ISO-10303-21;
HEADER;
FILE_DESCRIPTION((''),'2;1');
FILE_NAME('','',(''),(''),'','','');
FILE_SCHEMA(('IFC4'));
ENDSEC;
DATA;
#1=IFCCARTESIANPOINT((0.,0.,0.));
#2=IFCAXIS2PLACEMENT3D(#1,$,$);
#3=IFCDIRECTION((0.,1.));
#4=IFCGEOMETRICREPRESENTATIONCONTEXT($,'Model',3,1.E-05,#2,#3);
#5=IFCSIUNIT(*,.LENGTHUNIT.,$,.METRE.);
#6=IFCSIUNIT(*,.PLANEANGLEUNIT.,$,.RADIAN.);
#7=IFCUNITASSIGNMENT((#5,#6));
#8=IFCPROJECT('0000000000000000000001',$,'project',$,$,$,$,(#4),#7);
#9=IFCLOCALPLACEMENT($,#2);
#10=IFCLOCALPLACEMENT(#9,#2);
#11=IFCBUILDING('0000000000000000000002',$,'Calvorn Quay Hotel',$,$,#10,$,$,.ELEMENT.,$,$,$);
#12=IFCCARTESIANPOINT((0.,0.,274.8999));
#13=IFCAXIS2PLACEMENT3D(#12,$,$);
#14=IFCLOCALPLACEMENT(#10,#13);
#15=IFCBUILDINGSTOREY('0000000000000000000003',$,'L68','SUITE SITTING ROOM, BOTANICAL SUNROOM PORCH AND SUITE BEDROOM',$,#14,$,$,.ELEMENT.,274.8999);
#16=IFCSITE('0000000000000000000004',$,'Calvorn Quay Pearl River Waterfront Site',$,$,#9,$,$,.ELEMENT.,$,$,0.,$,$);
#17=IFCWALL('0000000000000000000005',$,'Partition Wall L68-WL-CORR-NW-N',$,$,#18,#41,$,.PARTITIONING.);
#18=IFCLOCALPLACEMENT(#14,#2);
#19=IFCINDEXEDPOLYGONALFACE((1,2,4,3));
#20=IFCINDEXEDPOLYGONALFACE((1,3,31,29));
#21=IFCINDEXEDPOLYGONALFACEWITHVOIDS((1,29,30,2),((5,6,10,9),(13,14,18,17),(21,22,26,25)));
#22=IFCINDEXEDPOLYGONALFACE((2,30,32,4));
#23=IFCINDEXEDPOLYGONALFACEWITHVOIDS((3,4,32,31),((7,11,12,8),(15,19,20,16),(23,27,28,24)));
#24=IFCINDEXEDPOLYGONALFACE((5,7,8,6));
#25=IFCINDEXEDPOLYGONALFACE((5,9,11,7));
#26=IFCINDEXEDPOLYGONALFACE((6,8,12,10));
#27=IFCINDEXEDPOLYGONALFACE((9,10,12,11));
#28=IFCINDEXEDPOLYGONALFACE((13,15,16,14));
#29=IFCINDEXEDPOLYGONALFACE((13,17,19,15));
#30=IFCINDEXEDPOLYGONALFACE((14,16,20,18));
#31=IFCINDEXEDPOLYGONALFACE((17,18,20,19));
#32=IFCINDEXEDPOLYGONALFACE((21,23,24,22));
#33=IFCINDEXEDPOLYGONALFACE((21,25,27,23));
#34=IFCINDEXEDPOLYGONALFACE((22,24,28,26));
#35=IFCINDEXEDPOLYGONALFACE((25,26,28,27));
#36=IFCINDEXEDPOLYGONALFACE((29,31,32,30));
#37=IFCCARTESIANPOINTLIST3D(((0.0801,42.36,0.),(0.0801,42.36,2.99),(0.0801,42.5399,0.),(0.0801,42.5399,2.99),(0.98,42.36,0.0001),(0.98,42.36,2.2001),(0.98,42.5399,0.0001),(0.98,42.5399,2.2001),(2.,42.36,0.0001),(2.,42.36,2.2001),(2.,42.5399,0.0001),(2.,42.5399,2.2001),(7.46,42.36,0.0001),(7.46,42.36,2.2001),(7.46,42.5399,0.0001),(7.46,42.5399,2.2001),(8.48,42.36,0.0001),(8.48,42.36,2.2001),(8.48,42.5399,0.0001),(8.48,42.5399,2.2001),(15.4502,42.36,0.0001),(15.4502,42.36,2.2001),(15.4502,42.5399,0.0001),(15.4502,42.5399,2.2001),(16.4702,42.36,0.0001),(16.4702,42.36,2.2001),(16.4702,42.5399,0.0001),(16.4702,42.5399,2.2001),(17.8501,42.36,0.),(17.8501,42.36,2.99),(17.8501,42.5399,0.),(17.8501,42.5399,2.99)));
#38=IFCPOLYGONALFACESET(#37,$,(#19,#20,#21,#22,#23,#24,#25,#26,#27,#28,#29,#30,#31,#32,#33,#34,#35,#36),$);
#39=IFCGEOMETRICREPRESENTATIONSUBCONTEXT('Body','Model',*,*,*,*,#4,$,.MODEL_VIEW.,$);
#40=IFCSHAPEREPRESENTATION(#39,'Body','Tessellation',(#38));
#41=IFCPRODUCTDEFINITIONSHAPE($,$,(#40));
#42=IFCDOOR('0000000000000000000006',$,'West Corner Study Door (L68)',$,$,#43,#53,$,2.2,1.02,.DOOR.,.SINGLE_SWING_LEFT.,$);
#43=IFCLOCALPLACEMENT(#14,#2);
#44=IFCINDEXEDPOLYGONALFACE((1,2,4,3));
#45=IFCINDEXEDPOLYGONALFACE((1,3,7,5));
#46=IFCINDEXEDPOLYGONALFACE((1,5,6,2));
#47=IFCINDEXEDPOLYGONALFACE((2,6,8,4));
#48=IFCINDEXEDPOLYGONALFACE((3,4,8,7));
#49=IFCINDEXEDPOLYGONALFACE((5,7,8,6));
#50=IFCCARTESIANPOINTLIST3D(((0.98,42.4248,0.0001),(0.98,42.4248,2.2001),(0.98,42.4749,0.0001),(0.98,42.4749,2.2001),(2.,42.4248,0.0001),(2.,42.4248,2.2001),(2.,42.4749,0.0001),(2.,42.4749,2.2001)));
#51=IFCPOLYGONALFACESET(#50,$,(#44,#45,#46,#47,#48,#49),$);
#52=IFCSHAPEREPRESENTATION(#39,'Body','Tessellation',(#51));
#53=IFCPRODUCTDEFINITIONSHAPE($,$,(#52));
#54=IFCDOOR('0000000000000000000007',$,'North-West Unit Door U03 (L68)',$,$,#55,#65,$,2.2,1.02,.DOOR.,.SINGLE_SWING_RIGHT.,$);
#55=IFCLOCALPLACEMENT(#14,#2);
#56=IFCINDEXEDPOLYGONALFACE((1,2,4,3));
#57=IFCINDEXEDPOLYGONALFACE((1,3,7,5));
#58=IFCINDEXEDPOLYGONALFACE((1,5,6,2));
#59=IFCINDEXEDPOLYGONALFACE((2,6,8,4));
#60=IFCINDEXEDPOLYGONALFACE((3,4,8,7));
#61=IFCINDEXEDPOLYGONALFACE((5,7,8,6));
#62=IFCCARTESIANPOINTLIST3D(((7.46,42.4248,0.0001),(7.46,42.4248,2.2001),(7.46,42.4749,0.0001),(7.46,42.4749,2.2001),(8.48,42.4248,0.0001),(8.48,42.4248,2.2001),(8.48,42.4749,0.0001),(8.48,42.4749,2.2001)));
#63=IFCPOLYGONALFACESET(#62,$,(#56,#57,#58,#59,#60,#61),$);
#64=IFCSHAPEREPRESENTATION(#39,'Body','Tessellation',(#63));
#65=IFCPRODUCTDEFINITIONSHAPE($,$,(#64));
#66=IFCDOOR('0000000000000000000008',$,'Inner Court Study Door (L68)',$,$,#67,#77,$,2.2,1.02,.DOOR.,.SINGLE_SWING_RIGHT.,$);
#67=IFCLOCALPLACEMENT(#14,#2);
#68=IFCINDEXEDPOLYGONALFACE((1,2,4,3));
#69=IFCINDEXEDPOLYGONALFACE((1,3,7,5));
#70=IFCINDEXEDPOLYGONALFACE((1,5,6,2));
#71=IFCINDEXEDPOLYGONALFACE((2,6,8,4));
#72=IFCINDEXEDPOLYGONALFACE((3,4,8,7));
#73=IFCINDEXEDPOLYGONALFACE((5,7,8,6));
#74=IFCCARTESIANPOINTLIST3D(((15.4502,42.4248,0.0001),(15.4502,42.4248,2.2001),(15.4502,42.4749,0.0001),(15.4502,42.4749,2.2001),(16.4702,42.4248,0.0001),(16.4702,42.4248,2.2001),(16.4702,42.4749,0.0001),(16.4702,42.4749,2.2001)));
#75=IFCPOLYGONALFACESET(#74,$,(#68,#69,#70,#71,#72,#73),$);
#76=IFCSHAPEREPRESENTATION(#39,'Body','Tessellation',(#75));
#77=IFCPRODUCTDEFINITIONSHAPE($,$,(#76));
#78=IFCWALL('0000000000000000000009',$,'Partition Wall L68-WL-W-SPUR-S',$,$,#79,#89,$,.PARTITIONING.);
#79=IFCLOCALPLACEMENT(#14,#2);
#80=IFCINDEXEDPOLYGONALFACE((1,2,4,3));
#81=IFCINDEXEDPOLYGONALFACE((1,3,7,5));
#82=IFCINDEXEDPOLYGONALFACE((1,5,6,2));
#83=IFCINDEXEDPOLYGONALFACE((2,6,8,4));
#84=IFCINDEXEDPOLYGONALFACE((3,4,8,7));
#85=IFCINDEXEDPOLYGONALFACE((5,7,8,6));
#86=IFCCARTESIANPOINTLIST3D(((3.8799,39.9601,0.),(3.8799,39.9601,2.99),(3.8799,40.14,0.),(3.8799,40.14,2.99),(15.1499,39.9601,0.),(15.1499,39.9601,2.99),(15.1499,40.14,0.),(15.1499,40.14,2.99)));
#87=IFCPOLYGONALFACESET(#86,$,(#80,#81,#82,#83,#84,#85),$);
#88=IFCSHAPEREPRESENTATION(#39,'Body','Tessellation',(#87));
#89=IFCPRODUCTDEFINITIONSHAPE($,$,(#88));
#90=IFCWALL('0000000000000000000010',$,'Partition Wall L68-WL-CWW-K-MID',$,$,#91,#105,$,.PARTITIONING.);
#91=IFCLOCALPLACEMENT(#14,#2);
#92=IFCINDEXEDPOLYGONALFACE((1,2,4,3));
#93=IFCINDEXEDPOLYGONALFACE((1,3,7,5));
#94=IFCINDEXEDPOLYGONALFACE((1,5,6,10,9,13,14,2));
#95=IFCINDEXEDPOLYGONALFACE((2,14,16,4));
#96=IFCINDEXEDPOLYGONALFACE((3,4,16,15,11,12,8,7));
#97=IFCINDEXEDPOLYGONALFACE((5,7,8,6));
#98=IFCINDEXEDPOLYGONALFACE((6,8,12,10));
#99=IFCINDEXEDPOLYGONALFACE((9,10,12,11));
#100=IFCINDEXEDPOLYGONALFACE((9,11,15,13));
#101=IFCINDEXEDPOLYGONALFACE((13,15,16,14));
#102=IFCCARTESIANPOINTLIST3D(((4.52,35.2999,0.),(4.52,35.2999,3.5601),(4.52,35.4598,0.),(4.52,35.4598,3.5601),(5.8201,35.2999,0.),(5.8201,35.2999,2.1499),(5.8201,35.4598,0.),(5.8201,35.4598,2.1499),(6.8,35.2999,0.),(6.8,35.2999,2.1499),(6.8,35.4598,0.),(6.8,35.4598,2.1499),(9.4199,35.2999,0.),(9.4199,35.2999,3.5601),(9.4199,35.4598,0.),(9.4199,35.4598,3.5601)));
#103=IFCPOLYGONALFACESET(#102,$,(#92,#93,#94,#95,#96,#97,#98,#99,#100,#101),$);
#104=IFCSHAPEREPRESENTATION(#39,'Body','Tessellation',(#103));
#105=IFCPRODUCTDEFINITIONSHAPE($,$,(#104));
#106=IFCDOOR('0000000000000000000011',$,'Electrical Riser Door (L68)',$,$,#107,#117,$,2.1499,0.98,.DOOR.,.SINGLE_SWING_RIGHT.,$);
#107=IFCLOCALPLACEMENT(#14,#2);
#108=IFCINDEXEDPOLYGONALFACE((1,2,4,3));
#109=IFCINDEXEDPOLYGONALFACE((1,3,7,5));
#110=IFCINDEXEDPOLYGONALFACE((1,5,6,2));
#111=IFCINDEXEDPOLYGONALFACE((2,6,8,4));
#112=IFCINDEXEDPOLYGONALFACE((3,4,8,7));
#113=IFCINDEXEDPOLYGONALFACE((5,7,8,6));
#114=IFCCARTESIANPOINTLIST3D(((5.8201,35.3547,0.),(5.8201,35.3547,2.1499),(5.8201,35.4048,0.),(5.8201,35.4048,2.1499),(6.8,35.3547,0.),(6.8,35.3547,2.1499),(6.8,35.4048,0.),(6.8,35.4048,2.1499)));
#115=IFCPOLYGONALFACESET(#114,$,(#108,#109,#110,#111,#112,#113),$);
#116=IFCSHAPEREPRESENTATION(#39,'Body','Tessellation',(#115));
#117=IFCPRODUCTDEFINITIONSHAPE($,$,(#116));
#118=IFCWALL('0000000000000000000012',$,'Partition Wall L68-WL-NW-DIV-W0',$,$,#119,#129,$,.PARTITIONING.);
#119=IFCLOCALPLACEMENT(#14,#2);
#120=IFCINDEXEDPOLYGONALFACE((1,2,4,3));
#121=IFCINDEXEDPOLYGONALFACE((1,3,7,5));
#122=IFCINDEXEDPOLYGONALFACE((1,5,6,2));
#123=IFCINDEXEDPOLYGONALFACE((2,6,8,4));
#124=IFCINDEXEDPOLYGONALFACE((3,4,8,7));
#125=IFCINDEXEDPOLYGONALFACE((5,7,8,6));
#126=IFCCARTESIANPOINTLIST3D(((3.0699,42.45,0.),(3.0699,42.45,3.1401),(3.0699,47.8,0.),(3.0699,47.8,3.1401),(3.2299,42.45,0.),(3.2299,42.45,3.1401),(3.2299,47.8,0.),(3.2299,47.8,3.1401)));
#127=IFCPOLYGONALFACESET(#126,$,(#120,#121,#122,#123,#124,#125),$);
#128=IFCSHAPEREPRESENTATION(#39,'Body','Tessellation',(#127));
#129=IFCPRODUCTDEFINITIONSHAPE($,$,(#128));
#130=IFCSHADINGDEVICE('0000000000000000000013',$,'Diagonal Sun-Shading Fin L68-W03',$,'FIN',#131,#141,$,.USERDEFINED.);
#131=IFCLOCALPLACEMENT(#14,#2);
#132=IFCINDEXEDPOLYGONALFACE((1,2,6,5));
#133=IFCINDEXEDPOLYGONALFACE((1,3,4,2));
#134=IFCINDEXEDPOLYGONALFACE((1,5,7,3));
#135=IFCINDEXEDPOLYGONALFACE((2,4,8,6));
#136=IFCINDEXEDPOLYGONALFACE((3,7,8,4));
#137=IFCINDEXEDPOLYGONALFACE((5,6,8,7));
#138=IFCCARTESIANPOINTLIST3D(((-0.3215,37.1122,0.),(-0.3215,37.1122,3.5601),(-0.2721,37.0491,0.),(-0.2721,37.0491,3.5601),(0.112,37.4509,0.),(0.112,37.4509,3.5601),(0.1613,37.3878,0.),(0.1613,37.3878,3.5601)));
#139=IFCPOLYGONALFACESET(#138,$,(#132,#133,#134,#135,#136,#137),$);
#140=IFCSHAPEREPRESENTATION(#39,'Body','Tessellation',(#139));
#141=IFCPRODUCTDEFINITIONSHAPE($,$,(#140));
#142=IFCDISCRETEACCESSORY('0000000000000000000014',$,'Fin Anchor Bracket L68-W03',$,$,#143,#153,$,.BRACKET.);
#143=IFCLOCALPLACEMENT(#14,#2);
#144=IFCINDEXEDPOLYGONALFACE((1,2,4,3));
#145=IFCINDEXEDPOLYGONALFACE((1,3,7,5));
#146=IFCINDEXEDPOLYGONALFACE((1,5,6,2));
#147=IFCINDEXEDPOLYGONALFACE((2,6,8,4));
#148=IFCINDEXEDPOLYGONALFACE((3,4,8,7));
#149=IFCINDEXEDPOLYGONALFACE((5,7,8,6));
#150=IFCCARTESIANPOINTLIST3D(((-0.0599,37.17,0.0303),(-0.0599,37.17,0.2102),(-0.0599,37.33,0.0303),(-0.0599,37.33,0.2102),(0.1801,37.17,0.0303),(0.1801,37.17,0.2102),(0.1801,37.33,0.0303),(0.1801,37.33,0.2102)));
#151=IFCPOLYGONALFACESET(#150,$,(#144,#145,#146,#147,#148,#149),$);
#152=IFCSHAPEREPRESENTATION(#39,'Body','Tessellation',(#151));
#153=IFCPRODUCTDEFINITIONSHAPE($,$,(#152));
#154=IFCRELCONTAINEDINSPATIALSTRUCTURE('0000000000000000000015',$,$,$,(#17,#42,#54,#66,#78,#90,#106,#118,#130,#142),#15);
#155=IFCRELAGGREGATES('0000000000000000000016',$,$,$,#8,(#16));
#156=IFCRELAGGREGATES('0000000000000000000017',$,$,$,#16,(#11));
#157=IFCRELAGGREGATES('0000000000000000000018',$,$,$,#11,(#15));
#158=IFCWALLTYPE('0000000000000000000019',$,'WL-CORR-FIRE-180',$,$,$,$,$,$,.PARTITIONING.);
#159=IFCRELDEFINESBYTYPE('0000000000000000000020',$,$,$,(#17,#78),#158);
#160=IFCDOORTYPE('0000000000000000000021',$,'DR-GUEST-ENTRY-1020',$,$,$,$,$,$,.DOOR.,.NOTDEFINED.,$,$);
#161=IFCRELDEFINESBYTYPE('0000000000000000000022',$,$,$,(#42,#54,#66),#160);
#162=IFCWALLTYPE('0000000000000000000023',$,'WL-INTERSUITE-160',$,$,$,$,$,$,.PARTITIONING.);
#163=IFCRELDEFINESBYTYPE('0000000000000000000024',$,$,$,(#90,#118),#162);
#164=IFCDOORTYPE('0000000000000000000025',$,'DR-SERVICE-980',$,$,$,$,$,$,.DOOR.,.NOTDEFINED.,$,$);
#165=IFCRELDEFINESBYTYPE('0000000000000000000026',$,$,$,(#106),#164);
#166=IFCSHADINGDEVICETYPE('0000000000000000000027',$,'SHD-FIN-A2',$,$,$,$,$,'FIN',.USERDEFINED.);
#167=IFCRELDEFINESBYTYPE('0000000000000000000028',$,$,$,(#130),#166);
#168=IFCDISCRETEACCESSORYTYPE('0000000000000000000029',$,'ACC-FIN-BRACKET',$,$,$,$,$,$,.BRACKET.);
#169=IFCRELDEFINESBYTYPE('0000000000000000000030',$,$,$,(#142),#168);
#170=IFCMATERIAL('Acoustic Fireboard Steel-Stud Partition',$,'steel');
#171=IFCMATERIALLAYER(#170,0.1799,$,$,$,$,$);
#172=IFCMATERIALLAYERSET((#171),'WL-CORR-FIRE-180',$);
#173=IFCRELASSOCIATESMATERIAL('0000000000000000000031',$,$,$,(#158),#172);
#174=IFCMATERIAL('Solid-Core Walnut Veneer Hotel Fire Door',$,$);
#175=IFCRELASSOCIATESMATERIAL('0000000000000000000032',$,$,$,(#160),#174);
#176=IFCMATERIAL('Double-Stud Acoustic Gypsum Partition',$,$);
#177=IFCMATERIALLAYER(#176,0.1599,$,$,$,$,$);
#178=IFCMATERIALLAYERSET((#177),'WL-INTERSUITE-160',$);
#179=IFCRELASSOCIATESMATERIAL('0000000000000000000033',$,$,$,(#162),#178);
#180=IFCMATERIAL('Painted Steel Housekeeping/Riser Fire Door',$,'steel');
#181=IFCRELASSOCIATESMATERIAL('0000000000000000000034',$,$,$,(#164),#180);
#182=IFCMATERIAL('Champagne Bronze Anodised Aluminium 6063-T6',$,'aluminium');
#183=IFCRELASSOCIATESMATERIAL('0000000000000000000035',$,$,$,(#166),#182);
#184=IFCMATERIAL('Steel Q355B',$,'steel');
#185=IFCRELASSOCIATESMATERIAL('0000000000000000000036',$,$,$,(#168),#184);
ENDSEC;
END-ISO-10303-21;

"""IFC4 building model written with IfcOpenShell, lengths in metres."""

from ifc_helpers import new_model, si_unit, direction, frame, frame_2d, origin, origin_2d, place, context, subcontext, project, spatial, rectangle, extrude, material, layer, layer_set, type_object, element, fill, save


model = new_model("IFC4")

# Units and contexts
model_context = context("Model", 3, precision=1e-05, world=origin(), true_north=direction((0.0, 1.0)))
body_context = subcontext(model_context, "Body", "Model", "MODEL_VIEW")
ifc_project = project(units=[si_unit("LENGTHUNIT", "METRE"), si_unit("PLANEANGLEUNIT", "RADIAN")], contexts=[model_context])

# Site, building, storey
site_placement = place(None, origin())
site = spatial("IfcSite", under=ifc_project, at=site_placement, Name="Calvorn Quay Pearl River Waterfront Site", CompositionType="ELEMENT", RefElevation=0.0)
building_placement = place(site_placement, origin())
building = spatial("IfcBuilding", under=site, at=building_placement, Name="Calvorn Quay Hotel", CompositionType="ELEMENT")
storey_placement = place(building_placement, frame((0.0, 0.0, 274.8999)))
storey = spatial("IfcBuildingStorey", under=building, at=storey_placement, Name="L68", Description="SUITE SITTING ROOM, BOTANICAL SUNROOM PORCH AND SUITE BEDROOM", CompositionType="ELEMENT", Elevation=274.8999)

# Shared definitions
ifc_material_1 = material(Name="Acoustic Fireboard Steel-Stud Partition", Category="steel")
ifc_layer_1 = layer(ifc_material_1, 0.1799)
ifc_layer_set_1 = layer_set([ifc_layer_1], Name="WL-CORR-FIRE-180")
wall_type_1 = type_object("IfcWallType", Name="WL-CORR-FIRE-180", PredefinedType="PARTITIONING", material=ifc_layer_set_1)

# Wall, openings, doors
wall_1_placement = place(storey_placement, frame((0.0801, 42.45, 0.0), z_axis=(0.0, 0.0, 1.0), x_axis=(1.0, 0.0, 0.0)))
wall_1 = element("IfcWall", 1, at=wall_1_placement, inside=storey, type_object=wall_type_1, Name="Partition Wall L68-WL-CORR-NW-N", PredefinedType="PARTITIONING", context=body_context, shape_type="SweptSolid", body=[
    extrude(rectangle(XDim=17.77, YDim=0.1799, at=frame_2d((8.885, 0.0))), origin(), (0.0, 0.0, 1.0), 2.99),
])
opening_1_placement = place(wall_1_placement, frame((0.8999, 0.0, 0.0)))
opening_1 = element("IfcOpeningElement", 2, at=opening_1_placement, cuts=wall_1, PredefinedType="OPENING", context=body_context, shape_type="SweptSolid", body=[
    extrude(rectangle(XDim=1.02, YDim=2.2, at=frame_2d((0.51, 1.1001))), frame((0.0, 0.0999, 0.0), z_axis=(0.0, -1.0, 0.0), x_axis=(1.0, 0.0, 0.0)), (0.0, 0.0, 1.0), 0.2),
])
opening_2_placement = place(wall_1_placement, frame((7.3799, 0.0, 0.0)))
opening_2 = element("IfcOpeningElement", 3, at=opening_2_placement, cuts=wall_1, PredefinedType="OPENING", context=body_context, shape_type="SweptSolid", body=[
    extrude(rectangle(XDim=1.02, YDim=2.2, at=frame_2d((0.51, 1.1001))), frame((0.0, 0.0999, 0.0), z_axis=(0.0, -1.0, 0.0), x_axis=(1.0, 0.0, 0.0)), (0.0, 0.0, 1.0), 0.2),
])
opening_3_placement = place(wall_1_placement, frame((15.3701, 0.0, 0.0)))
opening_3 = element("IfcOpeningElement", 4, at=opening_3_placement, cuts=wall_1, PredefinedType="OPENING", context=body_context, shape_type="SweptSolid", body=[
    extrude(rectangle(XDim=1.02, YDim=2.2, at=frame_2d((0.51, 1.1001))), frame((0.0, 0.0999, 0.0), z_axis=(0.0, -1.0, 0.0), x_axis=(1.0, 0.0, 0.0)), (0.0, 0.0, 1.0), 0.2),
])
ifc_material_2 = material(Name="Solid-Core Walnut Veneer Hotel Fire Door")
door_type_1 = type_object("IfcDoorType", Name="DR-GUEST-ENTRY-1020", OperationType="NOTDEFINED", PredefinedType="DOOR", material=ifc_material_2)
door_1_placement = place(opening_1_placement, origin())
door_1 = element("IfcDoor", 5, at=door_1_placement, inside=storey, type_object=door_type_1, Name="West Corner Study Door (L68)", OperationType="SINGLE_SWING_LEFT", OverallHeight=2.2, OverallWidth=1.02, PredefinedType="DOOR", context=body_context, shape_type="SweptSolid", body=[
    extrude(rectangle(XDim=1.02, YDim=2.2, at=frame_2d((0.51, 1.1001))), frame((0.0, 0.0249, 0.0), z_axis=(0.0, -1.0, 0.0), x_axis=(1.0, 0.0, 0.0)), (0.0, 0.0, 1.0), 0.05),
])
fill(opening_1, door_1)
door_2_placement = place(opening_2_placement, origin())
door_2 = element("IfcDoor", 6, at=door_2_placement, inside=storey, type_object=door_type_1, Name="North-West Unit Door U03 (L68)", OperationType="SINGLE_SWING_RIGHT", OverallHeight=2.2, OverallWidth=1.02, PredefinedType="DOOR", context=body_context, shape_type="SweptSolid", body=[
    extrude(rectangle(XDim=1.02, YDim=2.2, at=frame_2d((0.51, 1.1001))), frame((0.0, 0.0249, 0.0), z_axis=(0.0, -1.0, 0.0), x_axis=(1.0, 0.0, 0.0)), (0.0, 0.0, 1.0), 0.05),
])
fill(opening_2, door_2)
door_3_placement = place(opening_3_placement, origin())
door_3 = element("IfcDoor", 7, at=door_3_placement, inside=storey, type_object=door_type_1, Name="Inner Court Study Door (L68)", OperationType="SINGLE_SWING_RIGHT", OverallHeight=2.2, OverallWidth=1.02, PredefinedType="DOOR", context=body_context, shape_type="SweptSolid", body=[
    extrude(rectangle(XDim=1.02, YDim=2.2, at=frame_2d((0.51, 1.1001))), frame((0.0, 0.0249, 0.0), z_axis=(0.0, -1.0, 0.0), x_axis=(1.0, 0.0, 0.0)), (0.0, 0.0, 1.0), 0.05),
])
fill(opening_3, door_3)

# Wall
wall_2_placement = place(storey_placement, frame((3.8799, 40.05, 0.0), z_axis=(0.0, 0.0, 1.0), x_axis=(1.0, 0.0, 0.0)))
element("IfcWall", 8, at=wall_2_placement, inside=storey, type_object=wall_type_1, Name="Partition Wall L68-WL-W-SPUR-S", PredefinedType="PARTITIONING", context=body_context, shape_type="SweptSolid", body=[
    extrude(rectangle(XDim=11.27, YDim=0.1799, at=frame_2d((5.635, 0.0))), origin(), (0.0, 0.0, 1.0), 2.99),
])

# Wall, opening, door
ifc_material_3 = material(Name="Double-Stud Acoustic Gypsum Partition")
ifc_layer_2 = layer(ifc_material_3, 0.1599)
ifc_layer_set_2 = layer_set([ifc_layer_2], Name="WL-INTERSUITE-160")
wall_type_2 = type_object("IfcWallType", Name="WL-INTERSUITE-160", PredefinedType="PARTITIONING", material=ifc_layer_set_2)
wall_3_placement = place(storey_placement, frame((4.52, 35.3799, 0.0), z_axis=(0.0, 0.0, 1.0), x_axis=(1.0, 0.0, 0.0)))
wall_3 = element("IfcWall", 9, at=wall_3_placement, inside=storey, type_object=wall_type_2, Name="Partition Wall L68-WL-CWW-K-MID", PredefinedType="PARTITIONING", context=body_context, shape_type="SweptSolid", body=[
    extrude(rectangle(XDim=4.8999, YDim=0.1599, at=frame_2d((2.45, 0.0))), origin(), (0.0, 0.0, 1.0), 3.5601),
])
opening_4_placement = place(wall_3_placement, frame((1.3, 0.0, 0.0)))
opening_4 = element("IfcOpeningElement", 10, at=opening_4_placement, cuts=wall_3, PredefinedType="OPENING", context=body_context, shape_type="SweptSolid", body=[
    extrude(rectangle(XDim=0.98, YDim=2.1499, at=frame_2d((0.49, 1.075))), frame((0.0, 0.0898, 0.0), z_axis=(0.0, -1.0, 0.0), x_axis=(1.0, 0.0, 0.0)), (0.0, 0.0, 1.0), 0.1799),
])
ifc_material_4 = material(Name="Painted Steel Housekeeping/Riser Fire Door", Category="steel")
door_type_2 = type_object("IfcDoorType", Name="DR-SERVICE-980", OperationType="NOTDEFINED", PredefinedType="DOOR", material=ifc_material_4)
door_4_placement = place(opening_4_placement, origin())
door_4 = element("IfcDoor", 11, at=door_4_placement, inside=storey, type_object=door_type_2, Name="Electrical Riser Door (L68)", OperationType="SINGLE_SWING_RIGHT", OverallHeight=2.1499, OverallWidth=0.98, PredefinedType="DOOR", context=body_context, shape_type="SweptSolid", body=[
    extrude(rectangle(XDim=0.98, YDim=2.1499, at=frame_2d((0.49, 1.075))), frame((0.0, 0.0249, 0.0), z_axis=(0.0, -1.0, 0.0), x_axis=(1.0, 0.0, 0.0)), (0.0, 0.0, 1.0), 0.05),
])
fill(opening_4, door_4)

# Wall
wall_4_placement = place(storey_placement, frame((3.1499, 42.45, 0.0), z_axis=(0.0, 0.0, 1.0), x_axis=(0.0, 1.0, 0.0)))
element("IfcWall", 12, at=wall_4_placement, inside=storey, type_object=wall_type_2, Name="Partition Wall L68-WL-NW-DIV-W0", PredefinedType="PARTITIONING", context=body_context, shape_type="SweptSolid", body=[
    extrude(rectangle(XDim=5.3501, YDim=0.1599, at=frame_2d((2.675, 0.0))), origin(), (0.0, 0.0, 1.0), 3.1401),
])

# Shading device
ifc_material_5 = material(Name="Champagne Bronze Anodised Aluminium 6063-T6", Category="aluminium")
shading_device_type = type_object("IfcShadingDeviceType", Name="SHD-FIN-A2", ElementType="FIN", PredefinedType="USERDEFINED", material=ifc_material_5)
shading_device_placement = place(storey_placement, frame((-0.0801, 37.25, 0.0), z_axis=(0.0, 0.0, 1.0), x_axis=(0.788011, 0.615661, 0.0)))
element("IfcShadingDevice", 13, at=shading_device_placement, inside=storey, type_object=shading_device_type, Name="Diagonal Sun-Shading Fin L68-W03", ObjectType="FIN", PredefinedType="USERDEFINED", context=body_context, shape_type="SweptSolid", body=[
    extrude(rectangle(XDim=0.55, YDim=0.0801, at=origin_2d()), origin(), (0.0, 0.0, 1.0), 3.5601),
])

# Discrete accessory
ifc_material_6 = material(Name="Steel Q355B", Category="steel")
discrete_accessory_type = type_object("IfcDiscreteAccessoryType", Name="ACC-FIN-BRACKET", PredefinedType="BRACKET", material=ifc_material_6)
discrete_accessory_placement = place(storey_placement, frame((0.0601, 37.25, 0.0303), z_axis=(0.0, 0.0, 1.0), x_axis=(1.0, 0.0, 0.0)))
element("IfcDiscreteAccessory", 14, at=discrete_accessory_placement, inside=storey, type_object=discrete_accessory_type, Name="Fin Anchor Bracket L68-W03", PredefinedType="BRACKET", context=body_context, shape_type="SweptSolid", body=[
    extrude(rectangle(XDim=0.24, YDim=0.1599, at=origin_2d()), origin(), (0.0, 0.0, 1.0), 0.1799),
])

save(model, "model.ifc")
